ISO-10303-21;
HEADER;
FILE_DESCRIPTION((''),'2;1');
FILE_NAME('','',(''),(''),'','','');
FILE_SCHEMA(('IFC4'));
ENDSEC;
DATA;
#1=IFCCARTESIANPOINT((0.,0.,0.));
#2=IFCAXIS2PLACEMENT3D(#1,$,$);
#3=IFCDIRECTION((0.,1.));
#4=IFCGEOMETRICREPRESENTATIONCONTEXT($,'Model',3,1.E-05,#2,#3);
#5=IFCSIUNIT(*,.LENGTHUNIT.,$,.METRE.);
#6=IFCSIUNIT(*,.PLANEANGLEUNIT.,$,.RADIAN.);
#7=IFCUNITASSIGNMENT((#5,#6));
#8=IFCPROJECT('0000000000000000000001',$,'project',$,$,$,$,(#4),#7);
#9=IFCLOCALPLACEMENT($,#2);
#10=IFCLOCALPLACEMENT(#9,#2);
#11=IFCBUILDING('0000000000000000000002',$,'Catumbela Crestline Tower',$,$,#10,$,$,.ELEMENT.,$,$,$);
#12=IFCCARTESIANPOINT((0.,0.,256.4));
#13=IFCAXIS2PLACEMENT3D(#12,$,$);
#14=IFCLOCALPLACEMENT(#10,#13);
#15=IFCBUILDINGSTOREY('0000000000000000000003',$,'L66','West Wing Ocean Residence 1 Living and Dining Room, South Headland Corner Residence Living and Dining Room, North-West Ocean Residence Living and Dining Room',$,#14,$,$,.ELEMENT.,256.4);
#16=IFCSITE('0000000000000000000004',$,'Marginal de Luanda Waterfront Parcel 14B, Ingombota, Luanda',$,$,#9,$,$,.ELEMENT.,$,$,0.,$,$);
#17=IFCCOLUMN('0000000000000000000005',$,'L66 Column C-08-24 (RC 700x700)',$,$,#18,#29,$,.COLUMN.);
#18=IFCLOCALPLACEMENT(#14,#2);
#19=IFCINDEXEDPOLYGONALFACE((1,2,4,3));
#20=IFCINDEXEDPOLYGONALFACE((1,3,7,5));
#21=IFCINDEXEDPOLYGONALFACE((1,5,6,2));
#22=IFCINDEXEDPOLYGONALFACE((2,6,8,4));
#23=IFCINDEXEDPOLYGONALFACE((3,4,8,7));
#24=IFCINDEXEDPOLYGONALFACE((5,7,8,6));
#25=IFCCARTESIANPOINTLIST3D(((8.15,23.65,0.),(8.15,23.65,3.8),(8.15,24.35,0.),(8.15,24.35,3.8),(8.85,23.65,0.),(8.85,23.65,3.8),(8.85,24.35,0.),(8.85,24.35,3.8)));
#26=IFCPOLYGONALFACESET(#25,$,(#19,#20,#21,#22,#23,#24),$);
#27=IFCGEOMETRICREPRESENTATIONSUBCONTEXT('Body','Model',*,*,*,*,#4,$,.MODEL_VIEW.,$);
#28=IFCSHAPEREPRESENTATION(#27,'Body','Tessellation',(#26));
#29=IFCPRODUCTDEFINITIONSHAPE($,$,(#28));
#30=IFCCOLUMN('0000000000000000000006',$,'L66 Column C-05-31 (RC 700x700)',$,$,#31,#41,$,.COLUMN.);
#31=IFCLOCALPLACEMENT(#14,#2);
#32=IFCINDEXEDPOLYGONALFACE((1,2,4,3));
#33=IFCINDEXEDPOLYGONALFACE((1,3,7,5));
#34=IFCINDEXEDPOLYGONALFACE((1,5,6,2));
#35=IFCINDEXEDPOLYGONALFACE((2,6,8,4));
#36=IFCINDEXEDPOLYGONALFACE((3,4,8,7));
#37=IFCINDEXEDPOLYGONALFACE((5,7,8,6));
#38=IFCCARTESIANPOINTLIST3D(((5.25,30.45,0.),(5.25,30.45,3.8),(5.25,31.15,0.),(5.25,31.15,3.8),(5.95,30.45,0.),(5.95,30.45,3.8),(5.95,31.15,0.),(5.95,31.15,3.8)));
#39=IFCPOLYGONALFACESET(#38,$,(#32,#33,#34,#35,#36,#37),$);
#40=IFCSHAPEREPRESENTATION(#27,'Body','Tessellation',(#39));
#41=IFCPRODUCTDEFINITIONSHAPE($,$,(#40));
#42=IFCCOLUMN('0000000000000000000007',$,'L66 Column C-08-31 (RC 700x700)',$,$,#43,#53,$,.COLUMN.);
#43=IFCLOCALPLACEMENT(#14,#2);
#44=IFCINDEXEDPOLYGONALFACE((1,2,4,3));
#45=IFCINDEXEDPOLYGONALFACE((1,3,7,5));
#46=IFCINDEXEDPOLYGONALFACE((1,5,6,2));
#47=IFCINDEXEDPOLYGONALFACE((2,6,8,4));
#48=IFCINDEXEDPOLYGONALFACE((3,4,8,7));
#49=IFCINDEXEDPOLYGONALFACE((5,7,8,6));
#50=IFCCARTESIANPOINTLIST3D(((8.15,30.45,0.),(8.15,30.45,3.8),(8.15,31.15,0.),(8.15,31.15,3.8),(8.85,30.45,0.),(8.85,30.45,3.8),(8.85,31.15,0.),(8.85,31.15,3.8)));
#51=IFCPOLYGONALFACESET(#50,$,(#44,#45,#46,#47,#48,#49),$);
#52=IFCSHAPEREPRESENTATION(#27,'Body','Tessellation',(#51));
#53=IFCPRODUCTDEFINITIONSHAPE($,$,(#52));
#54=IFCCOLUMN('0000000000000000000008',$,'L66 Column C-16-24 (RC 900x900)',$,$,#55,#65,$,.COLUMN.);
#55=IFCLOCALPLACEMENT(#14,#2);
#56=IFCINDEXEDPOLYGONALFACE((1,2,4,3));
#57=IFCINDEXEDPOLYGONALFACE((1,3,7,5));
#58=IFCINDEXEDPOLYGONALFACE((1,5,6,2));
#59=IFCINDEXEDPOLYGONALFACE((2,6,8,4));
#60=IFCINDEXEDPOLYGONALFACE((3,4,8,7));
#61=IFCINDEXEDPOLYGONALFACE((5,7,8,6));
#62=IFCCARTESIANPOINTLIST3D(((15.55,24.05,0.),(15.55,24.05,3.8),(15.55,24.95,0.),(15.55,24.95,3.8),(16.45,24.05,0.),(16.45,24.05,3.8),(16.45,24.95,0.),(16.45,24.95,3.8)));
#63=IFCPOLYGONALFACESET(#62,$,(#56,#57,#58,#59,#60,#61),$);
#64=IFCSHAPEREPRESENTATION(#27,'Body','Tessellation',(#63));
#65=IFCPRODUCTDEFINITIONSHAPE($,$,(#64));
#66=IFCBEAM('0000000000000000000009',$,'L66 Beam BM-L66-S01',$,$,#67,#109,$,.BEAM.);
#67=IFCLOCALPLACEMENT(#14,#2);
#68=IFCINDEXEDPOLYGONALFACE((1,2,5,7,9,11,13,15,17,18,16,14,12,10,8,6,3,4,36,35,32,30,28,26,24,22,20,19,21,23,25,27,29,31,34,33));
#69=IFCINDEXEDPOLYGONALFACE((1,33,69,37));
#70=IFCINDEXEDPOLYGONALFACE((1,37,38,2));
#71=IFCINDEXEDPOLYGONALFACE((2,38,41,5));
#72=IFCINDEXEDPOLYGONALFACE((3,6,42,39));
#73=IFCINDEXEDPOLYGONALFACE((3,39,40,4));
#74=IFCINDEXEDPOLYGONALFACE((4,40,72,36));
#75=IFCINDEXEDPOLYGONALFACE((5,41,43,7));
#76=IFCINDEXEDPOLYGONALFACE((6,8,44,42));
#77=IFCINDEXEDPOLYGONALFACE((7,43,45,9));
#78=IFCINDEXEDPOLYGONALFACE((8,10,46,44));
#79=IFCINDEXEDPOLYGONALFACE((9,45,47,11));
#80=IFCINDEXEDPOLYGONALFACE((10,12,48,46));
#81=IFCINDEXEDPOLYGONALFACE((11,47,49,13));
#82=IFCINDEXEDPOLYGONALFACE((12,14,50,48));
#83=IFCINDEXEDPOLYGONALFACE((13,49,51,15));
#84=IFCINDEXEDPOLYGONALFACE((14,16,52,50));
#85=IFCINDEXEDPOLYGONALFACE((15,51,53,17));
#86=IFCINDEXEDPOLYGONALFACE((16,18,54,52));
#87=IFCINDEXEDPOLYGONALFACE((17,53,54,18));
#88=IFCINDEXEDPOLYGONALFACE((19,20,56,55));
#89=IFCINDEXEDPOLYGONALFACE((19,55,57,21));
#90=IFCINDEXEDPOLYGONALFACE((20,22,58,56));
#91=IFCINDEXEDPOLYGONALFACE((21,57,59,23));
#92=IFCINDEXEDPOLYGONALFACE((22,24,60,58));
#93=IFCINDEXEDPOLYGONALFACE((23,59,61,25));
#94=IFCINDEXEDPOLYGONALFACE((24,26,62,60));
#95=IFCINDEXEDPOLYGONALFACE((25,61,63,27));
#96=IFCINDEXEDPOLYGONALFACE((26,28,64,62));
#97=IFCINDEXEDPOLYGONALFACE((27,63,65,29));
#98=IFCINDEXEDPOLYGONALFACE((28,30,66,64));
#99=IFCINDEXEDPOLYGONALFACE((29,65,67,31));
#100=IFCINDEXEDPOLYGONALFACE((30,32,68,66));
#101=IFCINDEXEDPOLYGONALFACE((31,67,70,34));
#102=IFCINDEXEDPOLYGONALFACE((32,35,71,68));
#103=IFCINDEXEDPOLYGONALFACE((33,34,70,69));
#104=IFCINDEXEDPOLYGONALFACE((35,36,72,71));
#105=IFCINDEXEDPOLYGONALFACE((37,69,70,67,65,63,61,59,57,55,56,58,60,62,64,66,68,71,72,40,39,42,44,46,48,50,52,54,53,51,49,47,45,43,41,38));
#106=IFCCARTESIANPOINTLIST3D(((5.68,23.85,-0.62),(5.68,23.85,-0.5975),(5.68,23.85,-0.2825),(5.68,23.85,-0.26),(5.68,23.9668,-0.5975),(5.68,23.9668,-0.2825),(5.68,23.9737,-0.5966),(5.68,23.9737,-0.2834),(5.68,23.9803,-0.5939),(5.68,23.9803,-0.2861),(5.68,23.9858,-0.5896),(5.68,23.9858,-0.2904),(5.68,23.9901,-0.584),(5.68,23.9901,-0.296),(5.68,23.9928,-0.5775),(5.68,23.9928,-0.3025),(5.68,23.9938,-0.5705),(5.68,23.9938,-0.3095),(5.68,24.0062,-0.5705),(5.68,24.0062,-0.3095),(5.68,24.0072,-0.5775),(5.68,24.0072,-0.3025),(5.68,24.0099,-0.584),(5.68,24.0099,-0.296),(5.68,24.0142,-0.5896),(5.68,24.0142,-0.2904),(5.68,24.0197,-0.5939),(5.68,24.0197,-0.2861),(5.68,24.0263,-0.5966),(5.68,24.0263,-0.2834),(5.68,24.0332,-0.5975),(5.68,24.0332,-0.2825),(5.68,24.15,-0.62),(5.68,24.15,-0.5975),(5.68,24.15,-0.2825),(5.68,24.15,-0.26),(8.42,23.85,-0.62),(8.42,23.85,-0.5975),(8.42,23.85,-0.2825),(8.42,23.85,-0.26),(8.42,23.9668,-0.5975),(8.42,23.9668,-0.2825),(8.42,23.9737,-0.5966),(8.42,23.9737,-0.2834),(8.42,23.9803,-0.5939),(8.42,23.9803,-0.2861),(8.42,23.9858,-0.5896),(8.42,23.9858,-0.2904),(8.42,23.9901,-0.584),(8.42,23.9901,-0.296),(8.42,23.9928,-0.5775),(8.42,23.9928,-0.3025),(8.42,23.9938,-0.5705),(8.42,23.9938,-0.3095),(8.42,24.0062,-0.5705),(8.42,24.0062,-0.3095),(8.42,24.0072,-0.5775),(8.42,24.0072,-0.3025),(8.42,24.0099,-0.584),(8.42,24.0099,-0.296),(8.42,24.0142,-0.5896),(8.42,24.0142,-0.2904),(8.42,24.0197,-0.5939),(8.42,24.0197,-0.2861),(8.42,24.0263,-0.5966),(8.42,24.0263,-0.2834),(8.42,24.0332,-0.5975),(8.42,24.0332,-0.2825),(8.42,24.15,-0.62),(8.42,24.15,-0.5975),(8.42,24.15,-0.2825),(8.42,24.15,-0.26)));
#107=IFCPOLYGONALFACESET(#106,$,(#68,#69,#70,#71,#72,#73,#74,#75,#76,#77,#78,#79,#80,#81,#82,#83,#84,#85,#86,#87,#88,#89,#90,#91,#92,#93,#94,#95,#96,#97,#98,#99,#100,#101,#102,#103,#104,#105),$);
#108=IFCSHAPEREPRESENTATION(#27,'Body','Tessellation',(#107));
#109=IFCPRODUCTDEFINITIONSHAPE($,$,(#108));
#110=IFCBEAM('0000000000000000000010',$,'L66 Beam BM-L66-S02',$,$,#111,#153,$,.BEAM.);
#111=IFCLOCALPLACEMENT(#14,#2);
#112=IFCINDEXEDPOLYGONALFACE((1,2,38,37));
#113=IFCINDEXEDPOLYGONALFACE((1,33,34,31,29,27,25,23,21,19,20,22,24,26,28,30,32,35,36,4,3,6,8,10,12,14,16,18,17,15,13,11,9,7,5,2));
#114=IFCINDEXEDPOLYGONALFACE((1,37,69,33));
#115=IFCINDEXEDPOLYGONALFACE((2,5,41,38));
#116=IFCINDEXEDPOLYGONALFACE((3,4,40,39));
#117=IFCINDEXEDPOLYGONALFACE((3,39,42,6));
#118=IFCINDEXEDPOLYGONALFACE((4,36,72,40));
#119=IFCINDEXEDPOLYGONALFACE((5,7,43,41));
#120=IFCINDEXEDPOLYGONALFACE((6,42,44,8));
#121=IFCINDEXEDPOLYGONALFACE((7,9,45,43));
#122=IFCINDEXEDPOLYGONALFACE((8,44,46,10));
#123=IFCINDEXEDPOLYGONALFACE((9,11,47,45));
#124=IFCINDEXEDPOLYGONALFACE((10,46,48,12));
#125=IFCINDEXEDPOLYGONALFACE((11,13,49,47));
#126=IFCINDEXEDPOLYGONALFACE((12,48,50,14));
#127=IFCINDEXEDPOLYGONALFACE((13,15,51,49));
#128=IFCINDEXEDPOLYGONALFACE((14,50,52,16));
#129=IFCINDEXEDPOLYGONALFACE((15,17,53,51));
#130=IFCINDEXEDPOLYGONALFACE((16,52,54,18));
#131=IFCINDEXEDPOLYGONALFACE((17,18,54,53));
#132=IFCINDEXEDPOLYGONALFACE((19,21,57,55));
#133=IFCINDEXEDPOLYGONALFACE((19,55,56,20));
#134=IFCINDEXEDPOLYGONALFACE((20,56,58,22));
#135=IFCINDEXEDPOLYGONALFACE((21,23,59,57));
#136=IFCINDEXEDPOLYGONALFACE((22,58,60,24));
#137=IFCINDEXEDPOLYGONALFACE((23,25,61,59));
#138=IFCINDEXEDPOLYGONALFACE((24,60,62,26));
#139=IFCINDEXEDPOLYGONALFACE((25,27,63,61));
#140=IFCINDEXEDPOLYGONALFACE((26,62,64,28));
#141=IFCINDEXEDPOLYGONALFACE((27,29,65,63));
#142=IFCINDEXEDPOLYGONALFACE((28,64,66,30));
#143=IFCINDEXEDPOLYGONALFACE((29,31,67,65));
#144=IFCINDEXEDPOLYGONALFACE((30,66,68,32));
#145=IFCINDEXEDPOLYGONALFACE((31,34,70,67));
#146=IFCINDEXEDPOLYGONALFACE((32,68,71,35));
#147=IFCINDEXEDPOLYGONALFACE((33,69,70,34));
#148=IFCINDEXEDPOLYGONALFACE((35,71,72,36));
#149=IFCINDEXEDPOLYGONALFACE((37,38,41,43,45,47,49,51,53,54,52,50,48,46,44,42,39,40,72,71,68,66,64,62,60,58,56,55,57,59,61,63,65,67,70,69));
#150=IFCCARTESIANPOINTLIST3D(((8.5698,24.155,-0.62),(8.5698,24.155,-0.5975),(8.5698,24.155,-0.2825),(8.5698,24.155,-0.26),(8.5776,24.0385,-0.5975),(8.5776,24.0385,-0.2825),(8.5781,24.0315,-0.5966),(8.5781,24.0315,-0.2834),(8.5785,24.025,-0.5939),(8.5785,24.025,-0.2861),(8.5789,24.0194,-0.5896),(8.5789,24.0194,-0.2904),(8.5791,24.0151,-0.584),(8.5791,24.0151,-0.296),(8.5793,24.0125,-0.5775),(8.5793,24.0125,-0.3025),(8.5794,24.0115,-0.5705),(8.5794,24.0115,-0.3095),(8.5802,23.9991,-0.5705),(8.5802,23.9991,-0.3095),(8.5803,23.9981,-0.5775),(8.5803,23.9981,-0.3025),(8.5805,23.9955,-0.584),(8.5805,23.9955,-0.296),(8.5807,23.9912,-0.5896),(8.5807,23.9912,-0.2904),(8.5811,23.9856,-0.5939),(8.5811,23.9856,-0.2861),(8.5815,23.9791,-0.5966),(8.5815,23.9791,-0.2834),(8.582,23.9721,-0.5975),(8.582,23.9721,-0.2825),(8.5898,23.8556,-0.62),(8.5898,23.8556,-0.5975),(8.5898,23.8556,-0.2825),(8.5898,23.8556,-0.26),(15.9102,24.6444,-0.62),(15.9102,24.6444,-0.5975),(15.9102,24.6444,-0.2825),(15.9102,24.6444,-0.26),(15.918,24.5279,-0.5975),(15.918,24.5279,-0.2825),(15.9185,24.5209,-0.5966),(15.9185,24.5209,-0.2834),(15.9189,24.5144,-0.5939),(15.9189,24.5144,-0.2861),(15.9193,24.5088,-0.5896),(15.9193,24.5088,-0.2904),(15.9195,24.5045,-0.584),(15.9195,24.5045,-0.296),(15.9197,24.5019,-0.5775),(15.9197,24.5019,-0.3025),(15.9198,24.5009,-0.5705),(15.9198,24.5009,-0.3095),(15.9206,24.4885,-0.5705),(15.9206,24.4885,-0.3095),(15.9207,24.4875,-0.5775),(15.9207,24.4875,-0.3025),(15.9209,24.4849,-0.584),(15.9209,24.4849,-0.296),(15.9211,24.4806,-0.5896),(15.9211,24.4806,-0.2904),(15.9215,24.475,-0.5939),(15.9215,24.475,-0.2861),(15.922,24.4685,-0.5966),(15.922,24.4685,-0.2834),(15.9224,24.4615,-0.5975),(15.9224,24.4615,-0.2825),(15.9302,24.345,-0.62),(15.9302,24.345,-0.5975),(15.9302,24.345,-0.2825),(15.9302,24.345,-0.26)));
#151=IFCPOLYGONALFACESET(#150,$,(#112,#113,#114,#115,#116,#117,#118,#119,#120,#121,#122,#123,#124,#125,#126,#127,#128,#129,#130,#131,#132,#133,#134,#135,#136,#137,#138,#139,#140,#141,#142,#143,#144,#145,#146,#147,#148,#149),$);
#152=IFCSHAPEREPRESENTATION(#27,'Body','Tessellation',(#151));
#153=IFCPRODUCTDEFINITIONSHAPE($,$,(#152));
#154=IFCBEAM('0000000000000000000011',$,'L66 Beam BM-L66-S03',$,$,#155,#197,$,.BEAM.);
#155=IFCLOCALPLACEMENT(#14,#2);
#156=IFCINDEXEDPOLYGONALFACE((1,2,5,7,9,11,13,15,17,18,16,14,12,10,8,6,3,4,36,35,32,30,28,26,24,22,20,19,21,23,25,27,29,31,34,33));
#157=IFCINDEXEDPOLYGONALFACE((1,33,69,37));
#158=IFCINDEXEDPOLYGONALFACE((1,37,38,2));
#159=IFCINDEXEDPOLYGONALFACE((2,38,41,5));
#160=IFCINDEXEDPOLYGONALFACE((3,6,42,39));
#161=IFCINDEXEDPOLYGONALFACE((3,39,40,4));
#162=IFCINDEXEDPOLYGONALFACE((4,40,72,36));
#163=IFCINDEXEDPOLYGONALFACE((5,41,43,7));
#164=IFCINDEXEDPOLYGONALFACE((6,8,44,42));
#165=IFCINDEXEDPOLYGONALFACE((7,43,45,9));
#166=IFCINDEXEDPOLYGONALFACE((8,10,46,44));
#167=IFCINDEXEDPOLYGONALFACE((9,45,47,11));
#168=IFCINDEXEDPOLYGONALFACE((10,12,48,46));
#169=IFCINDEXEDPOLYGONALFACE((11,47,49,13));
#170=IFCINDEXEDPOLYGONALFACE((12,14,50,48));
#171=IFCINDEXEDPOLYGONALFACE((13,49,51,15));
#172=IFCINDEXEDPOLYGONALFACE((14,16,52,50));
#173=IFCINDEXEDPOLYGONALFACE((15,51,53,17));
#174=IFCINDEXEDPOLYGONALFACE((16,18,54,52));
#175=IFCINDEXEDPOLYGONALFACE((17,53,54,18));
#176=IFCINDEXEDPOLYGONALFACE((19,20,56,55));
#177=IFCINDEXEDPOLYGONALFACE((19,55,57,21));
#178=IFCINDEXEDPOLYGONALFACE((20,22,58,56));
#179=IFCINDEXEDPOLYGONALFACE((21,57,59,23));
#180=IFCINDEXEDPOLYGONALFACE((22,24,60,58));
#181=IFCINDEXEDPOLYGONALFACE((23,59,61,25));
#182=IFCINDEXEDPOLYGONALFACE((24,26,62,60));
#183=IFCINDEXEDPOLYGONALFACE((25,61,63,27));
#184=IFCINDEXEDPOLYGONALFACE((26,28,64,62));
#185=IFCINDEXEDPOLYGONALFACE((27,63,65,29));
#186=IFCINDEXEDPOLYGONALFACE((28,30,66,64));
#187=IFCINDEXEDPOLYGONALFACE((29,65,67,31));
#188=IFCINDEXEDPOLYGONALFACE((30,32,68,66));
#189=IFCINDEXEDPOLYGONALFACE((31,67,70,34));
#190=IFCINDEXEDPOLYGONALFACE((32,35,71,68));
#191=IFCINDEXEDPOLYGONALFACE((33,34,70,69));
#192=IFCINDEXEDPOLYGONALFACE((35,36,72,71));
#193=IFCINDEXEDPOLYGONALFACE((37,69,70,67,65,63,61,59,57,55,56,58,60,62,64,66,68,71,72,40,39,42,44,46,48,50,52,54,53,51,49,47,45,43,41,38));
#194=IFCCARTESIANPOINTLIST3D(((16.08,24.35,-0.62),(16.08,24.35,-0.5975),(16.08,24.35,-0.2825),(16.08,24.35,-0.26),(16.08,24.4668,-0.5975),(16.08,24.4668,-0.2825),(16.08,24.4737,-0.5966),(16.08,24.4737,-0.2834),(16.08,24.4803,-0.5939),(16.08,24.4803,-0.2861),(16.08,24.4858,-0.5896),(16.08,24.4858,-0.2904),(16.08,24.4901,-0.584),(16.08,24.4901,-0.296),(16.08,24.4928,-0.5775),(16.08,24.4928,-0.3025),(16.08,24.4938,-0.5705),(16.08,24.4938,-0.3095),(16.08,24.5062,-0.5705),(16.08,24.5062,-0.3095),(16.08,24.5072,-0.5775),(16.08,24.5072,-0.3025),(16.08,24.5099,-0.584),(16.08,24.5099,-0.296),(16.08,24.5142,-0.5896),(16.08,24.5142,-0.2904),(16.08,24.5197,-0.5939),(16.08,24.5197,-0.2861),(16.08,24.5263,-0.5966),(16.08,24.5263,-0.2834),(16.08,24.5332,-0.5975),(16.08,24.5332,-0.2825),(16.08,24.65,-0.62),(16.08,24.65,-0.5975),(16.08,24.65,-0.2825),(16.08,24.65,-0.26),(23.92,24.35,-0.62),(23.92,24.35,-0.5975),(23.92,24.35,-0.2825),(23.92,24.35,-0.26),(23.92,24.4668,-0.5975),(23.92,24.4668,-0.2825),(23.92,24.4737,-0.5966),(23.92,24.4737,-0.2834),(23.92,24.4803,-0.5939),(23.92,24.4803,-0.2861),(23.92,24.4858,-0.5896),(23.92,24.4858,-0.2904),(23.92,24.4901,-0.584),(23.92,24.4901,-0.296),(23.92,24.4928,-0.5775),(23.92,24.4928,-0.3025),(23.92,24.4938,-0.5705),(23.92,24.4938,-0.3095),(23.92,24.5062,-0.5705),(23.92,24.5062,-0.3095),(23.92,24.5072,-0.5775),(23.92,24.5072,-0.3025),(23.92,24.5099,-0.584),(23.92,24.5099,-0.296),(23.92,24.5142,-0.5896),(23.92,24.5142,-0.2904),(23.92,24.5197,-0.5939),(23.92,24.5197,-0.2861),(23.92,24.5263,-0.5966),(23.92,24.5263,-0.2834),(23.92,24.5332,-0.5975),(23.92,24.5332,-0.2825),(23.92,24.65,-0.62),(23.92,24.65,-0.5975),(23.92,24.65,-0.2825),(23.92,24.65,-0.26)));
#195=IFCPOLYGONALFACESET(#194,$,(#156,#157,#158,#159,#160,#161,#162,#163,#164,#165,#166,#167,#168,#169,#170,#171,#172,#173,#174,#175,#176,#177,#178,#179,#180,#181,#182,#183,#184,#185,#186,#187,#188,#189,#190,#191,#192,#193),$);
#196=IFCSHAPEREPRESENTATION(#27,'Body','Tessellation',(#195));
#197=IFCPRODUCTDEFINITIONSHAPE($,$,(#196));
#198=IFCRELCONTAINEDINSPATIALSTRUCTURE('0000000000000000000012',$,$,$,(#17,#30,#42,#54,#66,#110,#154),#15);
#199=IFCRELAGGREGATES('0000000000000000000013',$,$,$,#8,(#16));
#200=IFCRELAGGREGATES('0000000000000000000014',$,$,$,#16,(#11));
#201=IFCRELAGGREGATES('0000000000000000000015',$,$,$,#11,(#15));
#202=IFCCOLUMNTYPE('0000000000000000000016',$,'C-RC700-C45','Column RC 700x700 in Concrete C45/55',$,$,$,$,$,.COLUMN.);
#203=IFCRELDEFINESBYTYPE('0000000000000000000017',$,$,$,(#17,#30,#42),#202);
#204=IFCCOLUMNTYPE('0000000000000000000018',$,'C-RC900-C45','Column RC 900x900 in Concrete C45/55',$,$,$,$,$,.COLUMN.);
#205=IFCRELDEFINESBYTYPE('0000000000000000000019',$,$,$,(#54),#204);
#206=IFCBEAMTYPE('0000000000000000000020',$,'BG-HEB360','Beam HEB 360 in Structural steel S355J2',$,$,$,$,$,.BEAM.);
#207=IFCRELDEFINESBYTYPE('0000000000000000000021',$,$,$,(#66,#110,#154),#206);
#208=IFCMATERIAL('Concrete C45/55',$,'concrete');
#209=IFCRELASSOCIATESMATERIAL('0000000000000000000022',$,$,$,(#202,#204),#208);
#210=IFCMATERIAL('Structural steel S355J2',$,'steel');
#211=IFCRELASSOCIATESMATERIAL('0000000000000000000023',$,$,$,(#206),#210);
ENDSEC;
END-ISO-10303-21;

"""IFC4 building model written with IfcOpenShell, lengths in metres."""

from ifc_helpers import new_model, si_unit, direction, frame, origin, origin_2d, place, context, subcontext, project, spatial, rectangle, i_section, extrude, material, material_profile, profile_set, type_object, element, save


model = new_model("IFC4")

# Units and contexts
model_context = context("Model", 3, precision=1e-05, world=origin(), true_north=direction((0.0, 1.0)))
body_context = subcontext(model_context, "Body", "Model", "MODEL_VIEW")
ifc_project = project(units=[si_unit("LENGTHUNIT", "METRE"), si_unit("PLANEANGLEUNIT", "RADIAN")], contexts=[model_context])

# Site, building, storey
site_placement = place(None, origin())
site = spatial("IfcSite", under=ifc_project, at=site_placement, Name="Marginal de Luanda Waterfront Parcel 14B, Ingombota, Luanda", CompositionType="ELEMENT", RefElevation=0.0)
building_placement = place(site_placement, origin())
building = spatial("IfcBuilding", under=site, at=building_placement, Name="Catumbela Crestline Tower", CompositionType="ELEMENT")
storey_placement = place(building_placement, frame((0.0, 0.0, 256.4)))
storey = spatial("IfcBuildingStorey", under=building, at=storey_placement, Name="L66", Description="West Wing Ocean Residence 1 Living and Dining Room, South Headland Corner Residence Living and Dining Room, North-West Ocean Residence Living and Dining Room", CompositionType="ELEMENT", Elevation=256.4)

# Columns
ifc_material_1 = material(Name="Concrete C45/55", Category="concrete")
ifc_material_profile_1 = material_profile(ifc_material_1, rectangle(XDim=0.7, YDim=0.7, at=origin_2d()), Name="RC 700x700")
ifc_profile_set_1 = profile_set([ifc_material_profile_1], Name="Concrete C45/55")
column_type_1 = type_object("IfcColumnType", Name="C-RC700-C45", Description="Column RC 700x700 in Concrete C45/55", PredefinedType="COLUMN", material=ifc_profile_set_1)
for number, where, z_axis, x_axis, name in (
    (1, (8.5, 24.0, 0.0), (0.0, 0.0, 1.0), (1.0, 0.0, 0.0), "L66 Column C-08-24 (RC 700x700)"),
    (2, (5.6, 30.8, 0.0), (0.0, 0.0, 1.0), (1.0, 0.0, 0.0), "L66 Column C-05-31 (RC 700x700)"),
    (3, (8.5, 30.8, 0.0), (0.0, 0.0, 1.0), (1.0, 0.0, 0.0), "L66 Column C-08-31 (RC 700x700)"),
):
    element("IfcColumn", number, at=place(storey_placement, frame(where, z_axis=z_axis, x_axis=x_axis)), inside=storey, type_object=column_type_1, Name=name, PredefinedType="COLUMN", context=body_context, shape_type="SweptSolid", body=[
        extrude(rectangle(XDim=0.7, YDim=0.7, at=origin_2d()), origin(), (0.0, 0.0, 1.0), 3.8),
    ])
ifc_material_profile_2 = material_profile(ifc_material_1, rectangle(XDim=0.9, YDim=0.9, at=origin_2d()), Name="RC 900x900")
ifc_profile_set_2 = profile_set([ifc_material_profile_2], Name="Concrete C45/55")
column_type_2 = type_object("IfcColumnType", Name="C-RC900-C45", Description="Column RC 900x900 in Concrete C45/55", PredefinedType="COLUMN", material=ifc_profile_set_2)
column_placement = place(storey_placement, frame((16.0, 24.5, 0.0), z_axis=(0.0, 0.0, 1.0), x_axis=(1.0, 0.0, 0.0)))
element("IfcColumn", 4, at=column_placement, inside=storey, type_object=column_type_2, Name="L66 Column C-16-24 (RC 900x900)", PredefinedType="COLUMN", context=body_context, shape_type="SweptSolid", body=[
    extrude(rectangle(XDim=0.9, YDim=0.9, at=origin_2d()), origin(), (0.0, 0.0, 1.0), 3.8),
])

# Beams
ifc_material_2 = material(Name="Structural steel S355J2", Category="steel")
ifc_material_profile_3 = material_profile(ifc_material_2, i_section(OverallWidth=0.3, OverallDepth=0.36, WebThickness=0.0125, FlangeThickness=0.0225, FilletRadius=0.027, at=origin_2d()), Name="HEB 360")
ifc_profile_set_3 = profile_set([ifc_material_profile_3], Name="Structural steel S355J2")
beam_type = type_object("IfcBeamType", Name="BG-HEB360", Description="Beam HEB 360 in Structural steel S355J2", PredefinedType="BEAM", material=ifc_profile_set_3)
beam_1_placement = place(storey_placement, frame((5.68, 24.0, -0.44), z_axis=(1.0, 0.0, 0.0), x_axis=(0.0, 1.0, 0.0)))
element("IfcBeam", 5, at=beam_1_placement, inside=storey, type_object=beam_type, Name="L66 Beam BM-L66-S01", PredefinedType="BEAM", context=body_context, shape_type="SweptSolid", body=[
    extrude(i_section(OverallWidth=0.3, OverallDepth=0.36, WebThickness=0.0125, FlangeThickness=0.0225, FilletRadius=0.027, at=origin_2d()), origin(), (0.0, 0.0, 1.0), 2.74),
])
beam_2_placement = place(storey_placement, frame((8.5798, 24.0053, -0.44), z_axis=(0.997785, 0.066524, 0.0), x_axis=(-0.066524, 0.997785, 0.0)))
element("IfcBeam", 6, at=beam_2_placement, inside=storey, type_object=beam_type, Name="L66 Beam BM-L66-S02", PredefinedType="BEAM", context=body_context, shape_type="SweptSolid", body=[
    extrude(i_section(OverallWidth=0.3, OverallDepth=0.36, WebThickness=0.0125, FlangeThickness=0.0225, FilletRadius=0.027, at=origin_2d()), origin(), (0.0, 0.0, 1.0), 7.3567),
])
beam_3_placement = place(storey_placement, frame((16.08, 24.5, -0.44), z_axis=(1.0, 0.0, 0.0), x_axis=(0.0, 1.0, 0.0)))
element("IfcBeam", 7, at=beam_3_placement, inside=storey, type_object=beam_type, Name="L66 Beam BM-L66-S03", PredefinedType="BEAM", context=body_context, shape_type="SweptSolid", body=[
    extrude(i_section(OverallWidth=0.3, OverallDepth=0.36, WebThickness=0.0125, FlangeThickness=0.0225, FilletRadius=0.027, at=origin_2d()), origin(), (0.0, 0.0, 1.0), 7.84),
])

save(model, "model.ifc")
